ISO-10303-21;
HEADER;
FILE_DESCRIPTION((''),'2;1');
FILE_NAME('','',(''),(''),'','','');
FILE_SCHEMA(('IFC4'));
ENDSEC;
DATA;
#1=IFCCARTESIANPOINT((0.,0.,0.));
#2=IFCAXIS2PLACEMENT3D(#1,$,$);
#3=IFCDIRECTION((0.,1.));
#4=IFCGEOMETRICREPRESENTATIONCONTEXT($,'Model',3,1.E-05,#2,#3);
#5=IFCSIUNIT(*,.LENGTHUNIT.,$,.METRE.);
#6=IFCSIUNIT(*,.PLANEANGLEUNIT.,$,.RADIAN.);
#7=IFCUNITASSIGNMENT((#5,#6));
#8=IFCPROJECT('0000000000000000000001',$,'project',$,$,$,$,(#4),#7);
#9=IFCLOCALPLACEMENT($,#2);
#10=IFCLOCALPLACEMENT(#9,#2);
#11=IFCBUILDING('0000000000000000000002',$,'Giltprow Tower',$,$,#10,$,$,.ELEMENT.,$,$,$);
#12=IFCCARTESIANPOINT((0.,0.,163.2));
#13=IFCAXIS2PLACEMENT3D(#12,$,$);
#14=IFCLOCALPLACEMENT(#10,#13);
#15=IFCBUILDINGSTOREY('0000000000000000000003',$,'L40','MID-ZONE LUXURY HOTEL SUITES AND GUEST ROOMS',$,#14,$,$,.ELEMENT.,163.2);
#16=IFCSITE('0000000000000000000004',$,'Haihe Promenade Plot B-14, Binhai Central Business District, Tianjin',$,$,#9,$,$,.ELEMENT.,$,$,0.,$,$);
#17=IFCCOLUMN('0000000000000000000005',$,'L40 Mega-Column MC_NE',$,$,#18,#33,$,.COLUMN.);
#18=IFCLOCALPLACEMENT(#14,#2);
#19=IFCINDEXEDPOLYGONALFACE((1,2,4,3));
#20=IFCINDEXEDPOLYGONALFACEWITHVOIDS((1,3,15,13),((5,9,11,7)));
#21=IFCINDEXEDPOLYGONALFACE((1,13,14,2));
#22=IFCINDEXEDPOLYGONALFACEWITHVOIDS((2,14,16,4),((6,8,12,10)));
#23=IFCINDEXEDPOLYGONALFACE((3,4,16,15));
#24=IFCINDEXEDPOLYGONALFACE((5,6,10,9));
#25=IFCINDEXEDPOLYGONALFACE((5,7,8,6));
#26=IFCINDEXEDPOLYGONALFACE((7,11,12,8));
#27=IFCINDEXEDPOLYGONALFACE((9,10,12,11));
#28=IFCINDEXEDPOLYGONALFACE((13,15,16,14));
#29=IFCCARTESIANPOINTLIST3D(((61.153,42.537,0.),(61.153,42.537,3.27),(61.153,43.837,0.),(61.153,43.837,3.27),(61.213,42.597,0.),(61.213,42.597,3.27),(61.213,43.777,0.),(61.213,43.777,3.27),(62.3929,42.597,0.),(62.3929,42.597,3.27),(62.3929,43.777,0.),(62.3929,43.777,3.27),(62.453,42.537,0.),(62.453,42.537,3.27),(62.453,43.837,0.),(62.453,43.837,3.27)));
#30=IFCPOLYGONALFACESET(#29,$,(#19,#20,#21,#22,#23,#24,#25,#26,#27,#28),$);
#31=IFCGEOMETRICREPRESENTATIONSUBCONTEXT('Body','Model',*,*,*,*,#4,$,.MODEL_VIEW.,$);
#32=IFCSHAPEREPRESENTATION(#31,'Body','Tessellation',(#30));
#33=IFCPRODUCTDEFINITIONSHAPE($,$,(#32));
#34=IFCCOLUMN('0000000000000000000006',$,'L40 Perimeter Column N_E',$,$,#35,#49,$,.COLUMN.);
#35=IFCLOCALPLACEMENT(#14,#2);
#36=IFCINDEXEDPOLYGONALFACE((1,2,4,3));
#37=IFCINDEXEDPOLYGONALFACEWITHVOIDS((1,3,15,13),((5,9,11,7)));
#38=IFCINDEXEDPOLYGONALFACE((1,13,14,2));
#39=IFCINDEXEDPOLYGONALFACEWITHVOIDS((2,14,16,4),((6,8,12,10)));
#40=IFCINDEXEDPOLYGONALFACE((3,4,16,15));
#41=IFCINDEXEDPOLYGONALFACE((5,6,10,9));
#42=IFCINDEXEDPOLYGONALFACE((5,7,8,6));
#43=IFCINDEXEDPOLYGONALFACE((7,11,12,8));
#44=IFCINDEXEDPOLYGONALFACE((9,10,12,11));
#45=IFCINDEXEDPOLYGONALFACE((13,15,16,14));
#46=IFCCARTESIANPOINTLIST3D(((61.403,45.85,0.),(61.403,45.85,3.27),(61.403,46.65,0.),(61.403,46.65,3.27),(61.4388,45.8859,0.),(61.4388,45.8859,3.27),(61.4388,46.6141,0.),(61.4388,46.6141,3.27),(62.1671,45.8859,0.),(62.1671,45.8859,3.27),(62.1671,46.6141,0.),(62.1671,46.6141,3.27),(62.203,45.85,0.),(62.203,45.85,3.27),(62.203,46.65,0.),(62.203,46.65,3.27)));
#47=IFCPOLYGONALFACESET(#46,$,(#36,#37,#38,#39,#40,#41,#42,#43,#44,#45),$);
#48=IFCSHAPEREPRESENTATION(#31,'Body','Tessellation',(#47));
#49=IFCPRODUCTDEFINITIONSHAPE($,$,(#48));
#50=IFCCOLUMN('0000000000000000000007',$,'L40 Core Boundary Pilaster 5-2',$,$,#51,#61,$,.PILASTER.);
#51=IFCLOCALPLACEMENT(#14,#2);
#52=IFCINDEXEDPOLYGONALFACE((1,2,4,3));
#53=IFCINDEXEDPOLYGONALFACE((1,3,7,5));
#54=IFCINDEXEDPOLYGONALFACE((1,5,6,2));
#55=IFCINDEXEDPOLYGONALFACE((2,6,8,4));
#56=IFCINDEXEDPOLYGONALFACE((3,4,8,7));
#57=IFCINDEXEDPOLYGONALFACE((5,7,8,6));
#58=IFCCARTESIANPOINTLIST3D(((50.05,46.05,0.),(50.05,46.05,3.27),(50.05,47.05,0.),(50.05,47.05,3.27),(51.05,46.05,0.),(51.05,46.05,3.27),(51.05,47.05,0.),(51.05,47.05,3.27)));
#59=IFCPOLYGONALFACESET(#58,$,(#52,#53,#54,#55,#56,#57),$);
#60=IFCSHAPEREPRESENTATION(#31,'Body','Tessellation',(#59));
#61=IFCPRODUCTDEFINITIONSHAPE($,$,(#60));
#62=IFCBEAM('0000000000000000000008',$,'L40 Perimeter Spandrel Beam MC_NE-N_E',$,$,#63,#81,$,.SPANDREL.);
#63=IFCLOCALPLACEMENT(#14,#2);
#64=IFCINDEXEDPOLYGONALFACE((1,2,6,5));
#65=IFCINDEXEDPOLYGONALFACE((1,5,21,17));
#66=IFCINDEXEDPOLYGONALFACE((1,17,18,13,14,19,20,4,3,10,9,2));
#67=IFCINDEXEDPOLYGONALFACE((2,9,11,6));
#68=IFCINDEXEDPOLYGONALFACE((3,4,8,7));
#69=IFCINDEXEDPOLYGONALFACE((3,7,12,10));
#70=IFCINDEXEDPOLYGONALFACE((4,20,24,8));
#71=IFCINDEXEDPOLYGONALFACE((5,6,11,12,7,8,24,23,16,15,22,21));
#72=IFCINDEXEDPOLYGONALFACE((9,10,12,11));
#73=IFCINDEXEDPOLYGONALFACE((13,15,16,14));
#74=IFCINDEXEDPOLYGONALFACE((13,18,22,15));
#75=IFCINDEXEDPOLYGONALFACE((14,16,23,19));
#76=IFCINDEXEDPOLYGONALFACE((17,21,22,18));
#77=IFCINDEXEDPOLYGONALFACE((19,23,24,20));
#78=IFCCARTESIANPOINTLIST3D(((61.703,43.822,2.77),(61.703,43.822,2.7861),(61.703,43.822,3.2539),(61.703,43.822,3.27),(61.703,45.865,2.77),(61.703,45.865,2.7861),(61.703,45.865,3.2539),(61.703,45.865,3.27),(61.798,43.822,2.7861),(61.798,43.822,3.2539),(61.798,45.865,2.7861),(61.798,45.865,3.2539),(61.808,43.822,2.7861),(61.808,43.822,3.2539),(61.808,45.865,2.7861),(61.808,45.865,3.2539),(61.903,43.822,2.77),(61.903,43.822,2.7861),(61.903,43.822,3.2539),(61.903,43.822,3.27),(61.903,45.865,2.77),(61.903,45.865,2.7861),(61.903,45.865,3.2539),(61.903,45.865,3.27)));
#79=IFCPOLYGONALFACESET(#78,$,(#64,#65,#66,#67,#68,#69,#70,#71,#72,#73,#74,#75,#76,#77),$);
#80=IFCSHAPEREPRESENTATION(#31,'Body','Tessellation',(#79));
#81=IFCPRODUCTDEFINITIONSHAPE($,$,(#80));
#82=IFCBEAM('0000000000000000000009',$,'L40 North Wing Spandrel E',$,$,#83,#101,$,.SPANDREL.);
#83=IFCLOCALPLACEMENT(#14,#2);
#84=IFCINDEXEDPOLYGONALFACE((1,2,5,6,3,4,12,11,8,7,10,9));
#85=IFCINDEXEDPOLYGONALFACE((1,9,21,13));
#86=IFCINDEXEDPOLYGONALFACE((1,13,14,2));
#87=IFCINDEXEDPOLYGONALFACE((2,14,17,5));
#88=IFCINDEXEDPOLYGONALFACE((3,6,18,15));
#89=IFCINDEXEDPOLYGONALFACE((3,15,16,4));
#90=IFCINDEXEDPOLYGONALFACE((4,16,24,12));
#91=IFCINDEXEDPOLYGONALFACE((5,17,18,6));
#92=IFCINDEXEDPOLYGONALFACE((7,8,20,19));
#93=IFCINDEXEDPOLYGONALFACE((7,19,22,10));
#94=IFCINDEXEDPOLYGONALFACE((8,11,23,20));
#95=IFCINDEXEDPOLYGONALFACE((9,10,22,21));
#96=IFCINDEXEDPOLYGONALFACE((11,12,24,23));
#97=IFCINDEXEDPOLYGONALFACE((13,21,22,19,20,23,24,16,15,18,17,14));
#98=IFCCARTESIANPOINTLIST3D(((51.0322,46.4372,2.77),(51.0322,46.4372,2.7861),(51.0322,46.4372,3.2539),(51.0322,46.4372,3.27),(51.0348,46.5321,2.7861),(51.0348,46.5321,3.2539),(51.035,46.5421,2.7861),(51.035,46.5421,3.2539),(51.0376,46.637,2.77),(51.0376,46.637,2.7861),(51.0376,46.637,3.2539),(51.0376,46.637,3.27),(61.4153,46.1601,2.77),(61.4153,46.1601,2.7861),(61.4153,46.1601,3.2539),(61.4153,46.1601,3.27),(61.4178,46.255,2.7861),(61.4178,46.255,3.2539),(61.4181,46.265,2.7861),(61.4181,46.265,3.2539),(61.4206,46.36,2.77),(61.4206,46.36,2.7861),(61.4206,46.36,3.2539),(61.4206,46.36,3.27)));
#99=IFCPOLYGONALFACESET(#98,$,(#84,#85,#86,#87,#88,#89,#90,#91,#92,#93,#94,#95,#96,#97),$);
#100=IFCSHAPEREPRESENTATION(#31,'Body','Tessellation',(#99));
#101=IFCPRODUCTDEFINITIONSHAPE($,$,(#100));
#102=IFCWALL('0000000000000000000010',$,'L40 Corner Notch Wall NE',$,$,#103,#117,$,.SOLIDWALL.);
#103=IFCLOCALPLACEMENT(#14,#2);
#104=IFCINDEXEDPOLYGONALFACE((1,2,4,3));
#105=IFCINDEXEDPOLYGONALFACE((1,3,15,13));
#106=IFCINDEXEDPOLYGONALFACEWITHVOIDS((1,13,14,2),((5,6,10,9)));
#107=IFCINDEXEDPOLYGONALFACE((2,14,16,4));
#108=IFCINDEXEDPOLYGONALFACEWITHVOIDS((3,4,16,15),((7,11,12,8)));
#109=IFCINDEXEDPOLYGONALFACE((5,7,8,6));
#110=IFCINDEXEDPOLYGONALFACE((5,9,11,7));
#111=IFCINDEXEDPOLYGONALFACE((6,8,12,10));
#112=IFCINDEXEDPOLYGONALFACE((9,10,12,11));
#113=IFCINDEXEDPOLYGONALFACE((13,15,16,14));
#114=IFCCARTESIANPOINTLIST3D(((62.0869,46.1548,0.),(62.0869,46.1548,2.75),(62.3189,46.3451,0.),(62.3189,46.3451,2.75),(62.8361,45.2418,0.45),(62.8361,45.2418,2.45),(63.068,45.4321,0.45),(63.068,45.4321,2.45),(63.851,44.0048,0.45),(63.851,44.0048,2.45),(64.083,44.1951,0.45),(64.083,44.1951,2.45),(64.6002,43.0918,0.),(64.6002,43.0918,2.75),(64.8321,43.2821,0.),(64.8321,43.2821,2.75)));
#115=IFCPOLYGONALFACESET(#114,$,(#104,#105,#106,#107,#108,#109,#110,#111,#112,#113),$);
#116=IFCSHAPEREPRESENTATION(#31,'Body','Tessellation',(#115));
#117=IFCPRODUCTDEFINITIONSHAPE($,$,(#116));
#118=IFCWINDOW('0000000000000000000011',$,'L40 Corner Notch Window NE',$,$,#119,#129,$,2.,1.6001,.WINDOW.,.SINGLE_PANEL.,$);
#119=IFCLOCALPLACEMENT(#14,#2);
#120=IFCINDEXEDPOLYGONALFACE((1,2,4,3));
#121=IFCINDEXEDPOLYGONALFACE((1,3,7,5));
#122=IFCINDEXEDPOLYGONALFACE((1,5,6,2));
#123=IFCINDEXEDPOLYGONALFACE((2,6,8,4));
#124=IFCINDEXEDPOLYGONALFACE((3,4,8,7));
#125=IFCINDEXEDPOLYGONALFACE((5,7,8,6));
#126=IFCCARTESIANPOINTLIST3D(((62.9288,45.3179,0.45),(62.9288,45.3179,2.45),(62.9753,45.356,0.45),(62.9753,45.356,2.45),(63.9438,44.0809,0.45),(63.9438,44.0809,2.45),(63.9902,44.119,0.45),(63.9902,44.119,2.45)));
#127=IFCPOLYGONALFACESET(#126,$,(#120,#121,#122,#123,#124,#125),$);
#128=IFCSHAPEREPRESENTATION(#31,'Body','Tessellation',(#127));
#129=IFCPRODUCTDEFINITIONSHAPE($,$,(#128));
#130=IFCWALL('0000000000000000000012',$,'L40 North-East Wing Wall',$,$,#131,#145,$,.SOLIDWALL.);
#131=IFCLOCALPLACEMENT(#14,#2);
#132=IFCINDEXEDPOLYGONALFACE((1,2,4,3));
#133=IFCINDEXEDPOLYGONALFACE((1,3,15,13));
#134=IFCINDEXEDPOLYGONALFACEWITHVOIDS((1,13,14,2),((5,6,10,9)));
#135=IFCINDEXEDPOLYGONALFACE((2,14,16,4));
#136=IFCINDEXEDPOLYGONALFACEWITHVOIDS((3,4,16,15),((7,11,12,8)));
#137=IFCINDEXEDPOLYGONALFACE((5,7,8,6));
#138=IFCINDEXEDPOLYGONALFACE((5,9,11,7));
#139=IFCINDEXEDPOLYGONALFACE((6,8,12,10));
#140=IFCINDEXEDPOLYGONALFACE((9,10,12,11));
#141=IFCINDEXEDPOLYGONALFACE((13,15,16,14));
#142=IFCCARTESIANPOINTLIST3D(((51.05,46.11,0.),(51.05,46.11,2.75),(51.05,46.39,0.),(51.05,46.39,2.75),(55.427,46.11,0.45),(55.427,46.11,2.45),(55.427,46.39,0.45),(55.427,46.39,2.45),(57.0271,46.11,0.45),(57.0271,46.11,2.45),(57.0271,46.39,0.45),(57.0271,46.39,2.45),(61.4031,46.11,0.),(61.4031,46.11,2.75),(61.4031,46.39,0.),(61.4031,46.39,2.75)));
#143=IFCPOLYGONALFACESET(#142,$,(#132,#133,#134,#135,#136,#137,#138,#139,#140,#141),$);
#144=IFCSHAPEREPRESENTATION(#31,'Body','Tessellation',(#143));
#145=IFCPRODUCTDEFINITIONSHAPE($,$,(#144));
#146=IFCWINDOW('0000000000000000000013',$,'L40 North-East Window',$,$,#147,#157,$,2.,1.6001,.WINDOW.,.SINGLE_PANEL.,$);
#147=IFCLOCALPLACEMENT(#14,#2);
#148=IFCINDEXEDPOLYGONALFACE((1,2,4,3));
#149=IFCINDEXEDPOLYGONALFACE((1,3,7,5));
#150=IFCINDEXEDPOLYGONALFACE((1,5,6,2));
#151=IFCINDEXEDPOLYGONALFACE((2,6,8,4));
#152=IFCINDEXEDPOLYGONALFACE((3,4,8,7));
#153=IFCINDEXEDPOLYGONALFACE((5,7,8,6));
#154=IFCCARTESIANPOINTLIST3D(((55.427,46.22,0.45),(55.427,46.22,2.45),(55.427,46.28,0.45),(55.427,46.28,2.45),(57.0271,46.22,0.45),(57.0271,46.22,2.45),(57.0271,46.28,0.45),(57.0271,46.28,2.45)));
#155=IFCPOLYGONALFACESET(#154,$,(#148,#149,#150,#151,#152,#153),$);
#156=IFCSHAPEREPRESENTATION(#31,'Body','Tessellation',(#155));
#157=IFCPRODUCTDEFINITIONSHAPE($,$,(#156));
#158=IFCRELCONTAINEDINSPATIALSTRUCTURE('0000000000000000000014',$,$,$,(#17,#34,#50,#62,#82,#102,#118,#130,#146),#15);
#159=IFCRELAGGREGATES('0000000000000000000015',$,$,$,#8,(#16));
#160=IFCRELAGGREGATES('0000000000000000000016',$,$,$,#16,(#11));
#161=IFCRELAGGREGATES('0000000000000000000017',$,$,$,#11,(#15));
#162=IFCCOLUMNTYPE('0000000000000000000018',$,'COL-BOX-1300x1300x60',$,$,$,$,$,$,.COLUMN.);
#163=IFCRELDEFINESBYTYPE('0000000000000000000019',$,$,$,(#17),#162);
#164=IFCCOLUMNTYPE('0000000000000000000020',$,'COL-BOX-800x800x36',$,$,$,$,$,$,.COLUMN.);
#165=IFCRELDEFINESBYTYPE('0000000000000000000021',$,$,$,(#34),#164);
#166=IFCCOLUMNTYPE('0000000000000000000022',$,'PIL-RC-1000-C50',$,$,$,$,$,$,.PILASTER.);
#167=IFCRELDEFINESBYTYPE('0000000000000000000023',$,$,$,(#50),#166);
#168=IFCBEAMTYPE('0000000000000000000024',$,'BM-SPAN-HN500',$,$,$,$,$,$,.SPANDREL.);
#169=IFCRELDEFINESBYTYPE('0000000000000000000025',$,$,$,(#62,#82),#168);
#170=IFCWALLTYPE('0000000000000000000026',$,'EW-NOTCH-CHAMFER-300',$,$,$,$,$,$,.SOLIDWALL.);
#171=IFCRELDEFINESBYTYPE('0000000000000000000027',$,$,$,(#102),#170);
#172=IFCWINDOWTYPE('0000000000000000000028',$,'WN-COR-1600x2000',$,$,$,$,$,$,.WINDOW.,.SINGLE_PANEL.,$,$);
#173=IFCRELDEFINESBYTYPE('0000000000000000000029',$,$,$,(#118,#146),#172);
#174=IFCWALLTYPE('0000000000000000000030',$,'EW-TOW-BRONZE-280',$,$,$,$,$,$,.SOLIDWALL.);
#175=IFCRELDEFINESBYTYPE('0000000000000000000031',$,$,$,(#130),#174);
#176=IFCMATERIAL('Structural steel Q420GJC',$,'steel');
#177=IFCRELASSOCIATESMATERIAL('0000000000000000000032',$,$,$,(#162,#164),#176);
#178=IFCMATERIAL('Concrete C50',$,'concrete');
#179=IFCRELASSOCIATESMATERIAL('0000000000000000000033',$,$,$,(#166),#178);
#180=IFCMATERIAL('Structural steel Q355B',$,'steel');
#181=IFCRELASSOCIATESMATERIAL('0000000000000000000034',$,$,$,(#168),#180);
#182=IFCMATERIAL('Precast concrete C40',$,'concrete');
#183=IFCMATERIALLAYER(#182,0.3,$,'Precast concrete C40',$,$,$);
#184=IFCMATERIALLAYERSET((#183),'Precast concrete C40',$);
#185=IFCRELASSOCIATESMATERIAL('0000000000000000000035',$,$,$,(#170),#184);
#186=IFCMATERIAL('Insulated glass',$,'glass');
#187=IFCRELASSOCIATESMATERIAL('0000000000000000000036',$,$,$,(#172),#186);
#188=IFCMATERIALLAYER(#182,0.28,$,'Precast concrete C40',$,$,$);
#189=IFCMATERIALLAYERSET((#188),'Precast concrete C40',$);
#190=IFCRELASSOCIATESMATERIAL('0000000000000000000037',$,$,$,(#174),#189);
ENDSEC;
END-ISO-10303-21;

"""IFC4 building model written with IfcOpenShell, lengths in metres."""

from ifc_helpers import new_model, si_unit, direction, frame, frame_2d, origin, origin_2d, place, context, subcontext, project, spatial, rectangle, hollow_rectangle, i_section, extrude, source, transform, mapped, material, layer, layer_set, material_profile, profile_set, type_object, element, fill, save


model = new_model("IFC4")

# Units and contexts
model_context = context("Model", 3, precision=1e-05, world=origin(), true_north=direction((0.0, 1.0)))
body_context = subcontext(model_context, "Body", "Model", "MODEL_VIEW")
ifc_project = project(units=[si_unit("LENGTHUNIT", "METRE"), si_unit("PLANEANGLEUNIT", "RADIAN")], contexts=[model_context])

# Site, building, storey
site_placement = place(None, origin())
site = spatial("IfcSite", under=ifc_project, at=site_placement, Name="Haihe Promenade Plot B-14, Binhai Central Business District, Tianjin", CompositionType="ELEMENT", RefElevation=0.0)
building_placement = place(site_placement, origin())
building = spatial("IfcBuilding", under=site, at=building_placement, Name="Giltprow Tower", CompositionType="ELEMENT")
storey_placement = place(building_placement, frame((0.0, 0.0, 163.2)))
storey = spatial("IfcBuildingStorey", under=building, at=storey_placement, Name="L40", Description="MID-ZONE LUXURY HOTEL SUITES AND GUEST ROOMS", CompositionType="ELEMENT", Elevation=163.2)

# Columns
ifc_material_1 = material(Name="Structural steel Q420GJC", Category="steel")
ifc_material_profile_1 = material_profile(ifc_material_1, hollow_rectangle(XDim=1.3, YDim=1.3, WallThickness=0.0601, at=origin_2d()), Name="BOX 1300x1300x60")
ifc_profile_set_1 = profile_set([ifc_material_profile_1], Name="Structural steel Q420GJC")
column_type_1 = type_object("IfcColumnType", Name="COL-BOX-1300x1300x60", PredefinedType="COLUMN", material=ifc_profile_set_1)
shared_shape_1 = source(origin(), body_context, "Body", "SweptSolid", [
    extrude(hollow_rectangle(XDim=1.3, YDim=1.3, WallThickness=0.0601, at=origin_2d()), origin(), (0.0, 0.0, 1.0), 3.27),
])
column_1_placement = place(storey_placement, frame((61.803, 43.187, 0.0), z_axis=(0.0, 0.0, 1.0), x_axis=(1.0, 0.0, 0.0)))
element("IfcColumn", 1, at=column_1_placement, inside=storey, type_object=column_type_1, Name="L40 Mega-Column MC_NE", PredefinedType="COLUMN", context=body_context, shape_type="MappedRepresentation", body=[
    mapped(shared_shape_1, transform((0.0, 0.0, 0.0), x_axis=(1.0, 0.0, 0.0), y_axis=(0.0, 1.0, 0.0), z_axis=(0.0, 0.0, 1.0), scale=1.0)),
])
ifc_material_profile_2 = material_profile(ifc_material_1, hollow_rectangle(XDim=0.8, YDim=0.8, WallThickness=0.0359, at=origin_2d()), Name="BOX 800x800x36")
ifc_profile_set_2 = profile_set([ifc_material_profile_2], Name="Structural steel Q420GJC")
column_type_2 = type_object("IfcColumnType", Name="COL-BOX-800x800x36", PredefinedType="COLUMN", material=ifc_profile_set_2)
shared_shape_2 = source(origin(), body_context, "Body", "SweptSolid", [
    extrude(hollow_rectangle(XDim=0.8, YDim=0.8, WallThickness=0.0359, at=origin_2d()), origin(), (0.0, 0.0, 1.0), 3.27),
])
column_2_placement = place(storey_placement, frame((61.803, 46.25, 0.0), z_axis=(0.0, 0.0, 1.0), x_axis=(1.0, 0.0, 0.0)))
element("IfcColumn", 2, at=column_2_placement, inside=storey, type_object=column_type_2, Name="L40 Perimeter Column N_E", PredefinedType="COLUMN", context=body_context, shape_type="MappedRepresentation", body=[
    mapped(shared_shape_2, transform((0.0, 0.0, 0.0), x_axis=(1.0, 0.0, 0.0), y_axis=(0.0, 1.0, 0.0), z_axis=(0.0, 0.0, 1.0), scale=1.0)),
])
ifc_material_2 = material(Name="Concrete C50", Category="concrete")
ifc_material_profile_3 = material_profile(ifc_material_2, rectangle(XDim=1.0, YDim=1.0, at=origin_2d()), Name="RC 1000x1000")
ifc_profile_set_3 = profile_set([ifc_material_profile_3], Name="Concrete C50")
column_type_3 = type_object("IfcColumnType", Name="PIL-RC-1000-C50", PredefinedType="PILASTER", material=ifc_profile_set_3)
shared_shape_3 = source(origin(), body_context, "Body", "SweptSolid", [
    extrude(rectangle(XDim=1.0, YDim=1.0, at=origin_2d()), origin(), (0.0, 0.0, 1.0), 3.27),
])
column_3_placement = place(storey_placement, frame((50.55, 46.55, 0.0), z_axis=(0.0, 0.0, 1.0), x_axis=(1.0, 0.0, 0.0)))
element("IfcColumn", 3, at=column_3_placement, inside=storey, type_object=column_type_3, Name="L40 Core Boundary Pilaster 5-2", PredefinedType="PILASTER", context=body_context, shape_type="MappedRepresentation", body=[
    mapped(shared_shape_3, transform((0.0, 0.0, 0.0), x_axis=(1.0, 0.0, 0.0), y_axis=(0.0, 1.0, 0.0), z_axis=(0.0, 0.0, 1.0), scale=1.0)),
])

# Beams
ifc_material_3 = material(Name="Structural steel Q355B", Category="steel")
ifc_material_profile_4 = material_profile(ifc_material_3, i_section(OverallWidth=0.2, OverallDepth=0.5, WebThickness=0.01, FlangeThickness=0.0161, at=origin_2d()), Name="HN 500x200x10x16")
ifc_profile_set_4 = profile_set([ifc_material_profile_4], Name="Structural steel Q355B")
beam_type = type_object("IfcBeamType", Name="BM-SPAN-HN500", PredefinedType="SPANDREL", material=ifc_profile_set_4)
shared_shape_4 = source(origin(), body_context, "Body", "SweptSolid", [
    extrude(i_section(OverallWidth=0.2, OverallDepth=0.5, WebThickness=0.01, FlangeThickness=0.0161, at=origin_2d()), origin(), (0.0, 0.0, 1.0), 2.043),
])
beam_1_placement = place(storey_placement, frame((61.803, 43.822, 3.02), z_axis=(0.0, 1.0, 0.0), x_axis=(-1.0, 0.0, 0.0)))
element("IfcBeam", 4, at=beam_1_placement, inside=storey, type_object=beam_type, Name="L40 Perimeter Spandrel Beam MC_NE-N_E", PredefinedType="SPANDREL", context=body_context, shape_type="MappedRepresentation", body=[
    mapped(shared_shape_4, transform((0.0, 0.0, 0.0), x_axis=(1.0, 0.0, 0.0), y_axis=(0.0, 1.0, 0.0), z_axis=(0.0, 0.0, 1.0), scale=1.0)),
])
shared_shape_5 = source(origin(), body_context, "Body", "SweptSolid", [
    extrude(i_section(OverallWidth=0.2, OverallDepth=0.5, WebThickness=0.01, FlangeThickness=0.0161, at=origin_2d()), origin(), (0.0, 0.0, 1.0), 10.3867),
])
beam_2_placement = place(storey_placement, frame((51.0349, 46.5371, 3.02), z_axis=(0.999644, -0.026678, 0.0), x_axis=(0.026678, 0.999644, 0.0)))
element("IfcBeam", 5, at=beam_2_placement, inside=storey, type_object=beam_type, Name="L40 North Wing Spandrel E", PredefinedType="SPANDREL", context=body_context, shape_type="MappedRepresentation", body=[
    mapped(shared_shape_5, transform((0.0, 0.0, 0.0), x_axis=(1.0, 0.0, 0.0), y_axis=(0.0, 1.0, 0.0), z_axis=(0.0, 0.0, 1.0), scale=1.0)),
])

# Walls, openings, windows
ifc_material_4 = material(Name="Precast concrete C40", Category="concrete")
ifc_layer_1 = layer(ifc_material_4, 0.3, Name="Precast concrete C40")
ifc_layer_set_1 = layer_set([ifc_layer_1], Name="Precast concrete C40")
wall_type_1 = type_object("IfcWallType", Name="EW-NOTCH-CHAMFER-300", PredefinedType="SOLIDWALL", material=ifc_layer_set_1)
wall_1_placement = place(storey_placement, frame((64.7161, 43.187, 0.0), z_axis=(0.0, 0.0, 1.0), x_axis=(-0.634311, 0.773078, 0.0)))
wall_1 = element("IfcWall", 6, at=wall_1_placement, inside=storey, type_object=wall_type_1, Name="L40 Corner Notch Wall NE", PredefinedType="SOLIDWALL", context=body_context, shape_type="SweptSolid", body=[
    extrude(rectangle(XDim=3.9622, YDim=0.3, at=frame_2d((1.981, 0.0))), origin(), (0.0, 0.0, 1.0), 2.75),
])
opening_1_placement = place(wall_1_placement, frame((1.1809, 0.0, 0.45)))
opening_1 = element("IfcOpeningElement", 7, at=opening_1_placement, cuts=wall_1, PredefinedType="OPENING", context=body_context, shape_type="SweptSolid", body=[
    extrude(rectangle(XDim=1.6001, YDim=2.0, at=frame_2d((0.8, 1.0))), frame((0.0, 0.1599, 0.0), z_axis=(0.0, -1.0, 0.0), x_axis=(1.0, 0.0, 0.0)), (0.0, 0.0, 1.0), 0.3201),
])
ifc_material_5 = material(Name="Insulated glass", Category="glass")
window_type = type_object("IfcWindowType", Name="WN-COR-1600x2000", PartitioningType="SINGLE_PANEL", PredefinedType="WINDOW", material=ifc_material_5)
shared_shape_6 = source(origin(), body_context, "Body", "SweptSolid", [
    extrude(rectangle(XDim=1.6001, YDim=2.0, at=frame_2d((0.8, 1.0))), frame((0.0, 0.03, 0.0), z_axis=(0.0, -1.0, 0.0), x_axis=(1.0, 0.0, 0.0)), (0.0, 0.0, 1.0), 0.0601),
])
window_1_placement = place(opening_1_placement, origin())
window_1 = element("IfcWindow", 8, at=window_1_placement, inside=storey, type_object=window_type, Name="L40 Corner Notch Window NE", OverallHeight=2.0, OverallWidth=1.6001, PartitioningType="SINGLE_PANEL", PredefinedType="WINDOW", context=body_context, shape_type="MappedRepresentation", body=[
    mapped(shared_shape_6, transform((0.0, 0.0, 0.0), x_axis=(1.0, 0.0, 0.0), y_axis=(0.0, 1.0, 0.0), z_axis=(0.0, 0.0, 1.0), scale=1.0)),
])
fill(opening_1, window_1)
ifc_layer_2 = layer(ifc_material_4, 0.28, Name="Precast concrete C40")
ifc_layer_set_2 = layer_set([ifc_layer_2], Name="Precast concrete C40")
wall_type_2 = type_object("IfcWallType", Name="EW-TOW-BRONZE-280", PredefinedType="SOLIDWALL", material=ifc_layer_set_2)
wall_2_placement = place(storey_placement, frame((51.05, 46.25, 0.0), z_axis=(0.0, 0.0, 1.0), x_axis=(1.0, 0.0, 0.0)))
wall_2 = element("IfcWall", 9, at=wall_2_placement, inside=storey, type_object=wall_type_2, Name="L40 North-East Wing Wall", PredefinedType="SOLIDWALL", context=body_context, shape_type="SweptSolid", body=[
    extrude(rectangle(XDim=10.353, YDim=0.28, at=frame_2d((5.1765, 0.0))), origin(), (0.0, 0.0, 1.0), 2.75),
])
opening_2_placement = place(wall_2_placement, frame((4.377, 0.0, 0.45)))
opening_2 = element("IfcOpeningElement", 10, at=opening_2_placement, cuts=wall_2, PredefinedType="OPENING", context=body_context, shape_type="SweptSolid", body=[
    extrude(rectangle(XDim=1.6001, YDim=2.0, at=frame_2d((0.8, 1.0))), frame((0.0, 0.1499, 0.0), z_axis=(0.0, -1.0, 0.0), x_axis=(1.0, 0.0, 0.0)), (0.0, 0.0, 1.0), 0.3),
])
window_2_placement = place(opening_2_placement, origin())
window_2 = element("IfcWindow", 11, at=window_2_placement, inside=storey, type_object=window_type, Name="L40 North-East Window", OverallHeight=2.0, OverallWidth=1.6001, PartitioningType="SINGLE_PANEL", PredefinedType="WINDOW", context=body_context, shape_type="MappedRepresentation", body=[
    mapped(shared_shape_6, transform((0.0, 0.0, 0.0), x_axis=(1.0, 0.0, 0.0), y_axis=(0.0, 1.0, 0.0), z_axis=(0.0, 0.0, 1.0), scale=1.0)),
])
fill(opening_2, window_2)

save(model, "model.ifc")
